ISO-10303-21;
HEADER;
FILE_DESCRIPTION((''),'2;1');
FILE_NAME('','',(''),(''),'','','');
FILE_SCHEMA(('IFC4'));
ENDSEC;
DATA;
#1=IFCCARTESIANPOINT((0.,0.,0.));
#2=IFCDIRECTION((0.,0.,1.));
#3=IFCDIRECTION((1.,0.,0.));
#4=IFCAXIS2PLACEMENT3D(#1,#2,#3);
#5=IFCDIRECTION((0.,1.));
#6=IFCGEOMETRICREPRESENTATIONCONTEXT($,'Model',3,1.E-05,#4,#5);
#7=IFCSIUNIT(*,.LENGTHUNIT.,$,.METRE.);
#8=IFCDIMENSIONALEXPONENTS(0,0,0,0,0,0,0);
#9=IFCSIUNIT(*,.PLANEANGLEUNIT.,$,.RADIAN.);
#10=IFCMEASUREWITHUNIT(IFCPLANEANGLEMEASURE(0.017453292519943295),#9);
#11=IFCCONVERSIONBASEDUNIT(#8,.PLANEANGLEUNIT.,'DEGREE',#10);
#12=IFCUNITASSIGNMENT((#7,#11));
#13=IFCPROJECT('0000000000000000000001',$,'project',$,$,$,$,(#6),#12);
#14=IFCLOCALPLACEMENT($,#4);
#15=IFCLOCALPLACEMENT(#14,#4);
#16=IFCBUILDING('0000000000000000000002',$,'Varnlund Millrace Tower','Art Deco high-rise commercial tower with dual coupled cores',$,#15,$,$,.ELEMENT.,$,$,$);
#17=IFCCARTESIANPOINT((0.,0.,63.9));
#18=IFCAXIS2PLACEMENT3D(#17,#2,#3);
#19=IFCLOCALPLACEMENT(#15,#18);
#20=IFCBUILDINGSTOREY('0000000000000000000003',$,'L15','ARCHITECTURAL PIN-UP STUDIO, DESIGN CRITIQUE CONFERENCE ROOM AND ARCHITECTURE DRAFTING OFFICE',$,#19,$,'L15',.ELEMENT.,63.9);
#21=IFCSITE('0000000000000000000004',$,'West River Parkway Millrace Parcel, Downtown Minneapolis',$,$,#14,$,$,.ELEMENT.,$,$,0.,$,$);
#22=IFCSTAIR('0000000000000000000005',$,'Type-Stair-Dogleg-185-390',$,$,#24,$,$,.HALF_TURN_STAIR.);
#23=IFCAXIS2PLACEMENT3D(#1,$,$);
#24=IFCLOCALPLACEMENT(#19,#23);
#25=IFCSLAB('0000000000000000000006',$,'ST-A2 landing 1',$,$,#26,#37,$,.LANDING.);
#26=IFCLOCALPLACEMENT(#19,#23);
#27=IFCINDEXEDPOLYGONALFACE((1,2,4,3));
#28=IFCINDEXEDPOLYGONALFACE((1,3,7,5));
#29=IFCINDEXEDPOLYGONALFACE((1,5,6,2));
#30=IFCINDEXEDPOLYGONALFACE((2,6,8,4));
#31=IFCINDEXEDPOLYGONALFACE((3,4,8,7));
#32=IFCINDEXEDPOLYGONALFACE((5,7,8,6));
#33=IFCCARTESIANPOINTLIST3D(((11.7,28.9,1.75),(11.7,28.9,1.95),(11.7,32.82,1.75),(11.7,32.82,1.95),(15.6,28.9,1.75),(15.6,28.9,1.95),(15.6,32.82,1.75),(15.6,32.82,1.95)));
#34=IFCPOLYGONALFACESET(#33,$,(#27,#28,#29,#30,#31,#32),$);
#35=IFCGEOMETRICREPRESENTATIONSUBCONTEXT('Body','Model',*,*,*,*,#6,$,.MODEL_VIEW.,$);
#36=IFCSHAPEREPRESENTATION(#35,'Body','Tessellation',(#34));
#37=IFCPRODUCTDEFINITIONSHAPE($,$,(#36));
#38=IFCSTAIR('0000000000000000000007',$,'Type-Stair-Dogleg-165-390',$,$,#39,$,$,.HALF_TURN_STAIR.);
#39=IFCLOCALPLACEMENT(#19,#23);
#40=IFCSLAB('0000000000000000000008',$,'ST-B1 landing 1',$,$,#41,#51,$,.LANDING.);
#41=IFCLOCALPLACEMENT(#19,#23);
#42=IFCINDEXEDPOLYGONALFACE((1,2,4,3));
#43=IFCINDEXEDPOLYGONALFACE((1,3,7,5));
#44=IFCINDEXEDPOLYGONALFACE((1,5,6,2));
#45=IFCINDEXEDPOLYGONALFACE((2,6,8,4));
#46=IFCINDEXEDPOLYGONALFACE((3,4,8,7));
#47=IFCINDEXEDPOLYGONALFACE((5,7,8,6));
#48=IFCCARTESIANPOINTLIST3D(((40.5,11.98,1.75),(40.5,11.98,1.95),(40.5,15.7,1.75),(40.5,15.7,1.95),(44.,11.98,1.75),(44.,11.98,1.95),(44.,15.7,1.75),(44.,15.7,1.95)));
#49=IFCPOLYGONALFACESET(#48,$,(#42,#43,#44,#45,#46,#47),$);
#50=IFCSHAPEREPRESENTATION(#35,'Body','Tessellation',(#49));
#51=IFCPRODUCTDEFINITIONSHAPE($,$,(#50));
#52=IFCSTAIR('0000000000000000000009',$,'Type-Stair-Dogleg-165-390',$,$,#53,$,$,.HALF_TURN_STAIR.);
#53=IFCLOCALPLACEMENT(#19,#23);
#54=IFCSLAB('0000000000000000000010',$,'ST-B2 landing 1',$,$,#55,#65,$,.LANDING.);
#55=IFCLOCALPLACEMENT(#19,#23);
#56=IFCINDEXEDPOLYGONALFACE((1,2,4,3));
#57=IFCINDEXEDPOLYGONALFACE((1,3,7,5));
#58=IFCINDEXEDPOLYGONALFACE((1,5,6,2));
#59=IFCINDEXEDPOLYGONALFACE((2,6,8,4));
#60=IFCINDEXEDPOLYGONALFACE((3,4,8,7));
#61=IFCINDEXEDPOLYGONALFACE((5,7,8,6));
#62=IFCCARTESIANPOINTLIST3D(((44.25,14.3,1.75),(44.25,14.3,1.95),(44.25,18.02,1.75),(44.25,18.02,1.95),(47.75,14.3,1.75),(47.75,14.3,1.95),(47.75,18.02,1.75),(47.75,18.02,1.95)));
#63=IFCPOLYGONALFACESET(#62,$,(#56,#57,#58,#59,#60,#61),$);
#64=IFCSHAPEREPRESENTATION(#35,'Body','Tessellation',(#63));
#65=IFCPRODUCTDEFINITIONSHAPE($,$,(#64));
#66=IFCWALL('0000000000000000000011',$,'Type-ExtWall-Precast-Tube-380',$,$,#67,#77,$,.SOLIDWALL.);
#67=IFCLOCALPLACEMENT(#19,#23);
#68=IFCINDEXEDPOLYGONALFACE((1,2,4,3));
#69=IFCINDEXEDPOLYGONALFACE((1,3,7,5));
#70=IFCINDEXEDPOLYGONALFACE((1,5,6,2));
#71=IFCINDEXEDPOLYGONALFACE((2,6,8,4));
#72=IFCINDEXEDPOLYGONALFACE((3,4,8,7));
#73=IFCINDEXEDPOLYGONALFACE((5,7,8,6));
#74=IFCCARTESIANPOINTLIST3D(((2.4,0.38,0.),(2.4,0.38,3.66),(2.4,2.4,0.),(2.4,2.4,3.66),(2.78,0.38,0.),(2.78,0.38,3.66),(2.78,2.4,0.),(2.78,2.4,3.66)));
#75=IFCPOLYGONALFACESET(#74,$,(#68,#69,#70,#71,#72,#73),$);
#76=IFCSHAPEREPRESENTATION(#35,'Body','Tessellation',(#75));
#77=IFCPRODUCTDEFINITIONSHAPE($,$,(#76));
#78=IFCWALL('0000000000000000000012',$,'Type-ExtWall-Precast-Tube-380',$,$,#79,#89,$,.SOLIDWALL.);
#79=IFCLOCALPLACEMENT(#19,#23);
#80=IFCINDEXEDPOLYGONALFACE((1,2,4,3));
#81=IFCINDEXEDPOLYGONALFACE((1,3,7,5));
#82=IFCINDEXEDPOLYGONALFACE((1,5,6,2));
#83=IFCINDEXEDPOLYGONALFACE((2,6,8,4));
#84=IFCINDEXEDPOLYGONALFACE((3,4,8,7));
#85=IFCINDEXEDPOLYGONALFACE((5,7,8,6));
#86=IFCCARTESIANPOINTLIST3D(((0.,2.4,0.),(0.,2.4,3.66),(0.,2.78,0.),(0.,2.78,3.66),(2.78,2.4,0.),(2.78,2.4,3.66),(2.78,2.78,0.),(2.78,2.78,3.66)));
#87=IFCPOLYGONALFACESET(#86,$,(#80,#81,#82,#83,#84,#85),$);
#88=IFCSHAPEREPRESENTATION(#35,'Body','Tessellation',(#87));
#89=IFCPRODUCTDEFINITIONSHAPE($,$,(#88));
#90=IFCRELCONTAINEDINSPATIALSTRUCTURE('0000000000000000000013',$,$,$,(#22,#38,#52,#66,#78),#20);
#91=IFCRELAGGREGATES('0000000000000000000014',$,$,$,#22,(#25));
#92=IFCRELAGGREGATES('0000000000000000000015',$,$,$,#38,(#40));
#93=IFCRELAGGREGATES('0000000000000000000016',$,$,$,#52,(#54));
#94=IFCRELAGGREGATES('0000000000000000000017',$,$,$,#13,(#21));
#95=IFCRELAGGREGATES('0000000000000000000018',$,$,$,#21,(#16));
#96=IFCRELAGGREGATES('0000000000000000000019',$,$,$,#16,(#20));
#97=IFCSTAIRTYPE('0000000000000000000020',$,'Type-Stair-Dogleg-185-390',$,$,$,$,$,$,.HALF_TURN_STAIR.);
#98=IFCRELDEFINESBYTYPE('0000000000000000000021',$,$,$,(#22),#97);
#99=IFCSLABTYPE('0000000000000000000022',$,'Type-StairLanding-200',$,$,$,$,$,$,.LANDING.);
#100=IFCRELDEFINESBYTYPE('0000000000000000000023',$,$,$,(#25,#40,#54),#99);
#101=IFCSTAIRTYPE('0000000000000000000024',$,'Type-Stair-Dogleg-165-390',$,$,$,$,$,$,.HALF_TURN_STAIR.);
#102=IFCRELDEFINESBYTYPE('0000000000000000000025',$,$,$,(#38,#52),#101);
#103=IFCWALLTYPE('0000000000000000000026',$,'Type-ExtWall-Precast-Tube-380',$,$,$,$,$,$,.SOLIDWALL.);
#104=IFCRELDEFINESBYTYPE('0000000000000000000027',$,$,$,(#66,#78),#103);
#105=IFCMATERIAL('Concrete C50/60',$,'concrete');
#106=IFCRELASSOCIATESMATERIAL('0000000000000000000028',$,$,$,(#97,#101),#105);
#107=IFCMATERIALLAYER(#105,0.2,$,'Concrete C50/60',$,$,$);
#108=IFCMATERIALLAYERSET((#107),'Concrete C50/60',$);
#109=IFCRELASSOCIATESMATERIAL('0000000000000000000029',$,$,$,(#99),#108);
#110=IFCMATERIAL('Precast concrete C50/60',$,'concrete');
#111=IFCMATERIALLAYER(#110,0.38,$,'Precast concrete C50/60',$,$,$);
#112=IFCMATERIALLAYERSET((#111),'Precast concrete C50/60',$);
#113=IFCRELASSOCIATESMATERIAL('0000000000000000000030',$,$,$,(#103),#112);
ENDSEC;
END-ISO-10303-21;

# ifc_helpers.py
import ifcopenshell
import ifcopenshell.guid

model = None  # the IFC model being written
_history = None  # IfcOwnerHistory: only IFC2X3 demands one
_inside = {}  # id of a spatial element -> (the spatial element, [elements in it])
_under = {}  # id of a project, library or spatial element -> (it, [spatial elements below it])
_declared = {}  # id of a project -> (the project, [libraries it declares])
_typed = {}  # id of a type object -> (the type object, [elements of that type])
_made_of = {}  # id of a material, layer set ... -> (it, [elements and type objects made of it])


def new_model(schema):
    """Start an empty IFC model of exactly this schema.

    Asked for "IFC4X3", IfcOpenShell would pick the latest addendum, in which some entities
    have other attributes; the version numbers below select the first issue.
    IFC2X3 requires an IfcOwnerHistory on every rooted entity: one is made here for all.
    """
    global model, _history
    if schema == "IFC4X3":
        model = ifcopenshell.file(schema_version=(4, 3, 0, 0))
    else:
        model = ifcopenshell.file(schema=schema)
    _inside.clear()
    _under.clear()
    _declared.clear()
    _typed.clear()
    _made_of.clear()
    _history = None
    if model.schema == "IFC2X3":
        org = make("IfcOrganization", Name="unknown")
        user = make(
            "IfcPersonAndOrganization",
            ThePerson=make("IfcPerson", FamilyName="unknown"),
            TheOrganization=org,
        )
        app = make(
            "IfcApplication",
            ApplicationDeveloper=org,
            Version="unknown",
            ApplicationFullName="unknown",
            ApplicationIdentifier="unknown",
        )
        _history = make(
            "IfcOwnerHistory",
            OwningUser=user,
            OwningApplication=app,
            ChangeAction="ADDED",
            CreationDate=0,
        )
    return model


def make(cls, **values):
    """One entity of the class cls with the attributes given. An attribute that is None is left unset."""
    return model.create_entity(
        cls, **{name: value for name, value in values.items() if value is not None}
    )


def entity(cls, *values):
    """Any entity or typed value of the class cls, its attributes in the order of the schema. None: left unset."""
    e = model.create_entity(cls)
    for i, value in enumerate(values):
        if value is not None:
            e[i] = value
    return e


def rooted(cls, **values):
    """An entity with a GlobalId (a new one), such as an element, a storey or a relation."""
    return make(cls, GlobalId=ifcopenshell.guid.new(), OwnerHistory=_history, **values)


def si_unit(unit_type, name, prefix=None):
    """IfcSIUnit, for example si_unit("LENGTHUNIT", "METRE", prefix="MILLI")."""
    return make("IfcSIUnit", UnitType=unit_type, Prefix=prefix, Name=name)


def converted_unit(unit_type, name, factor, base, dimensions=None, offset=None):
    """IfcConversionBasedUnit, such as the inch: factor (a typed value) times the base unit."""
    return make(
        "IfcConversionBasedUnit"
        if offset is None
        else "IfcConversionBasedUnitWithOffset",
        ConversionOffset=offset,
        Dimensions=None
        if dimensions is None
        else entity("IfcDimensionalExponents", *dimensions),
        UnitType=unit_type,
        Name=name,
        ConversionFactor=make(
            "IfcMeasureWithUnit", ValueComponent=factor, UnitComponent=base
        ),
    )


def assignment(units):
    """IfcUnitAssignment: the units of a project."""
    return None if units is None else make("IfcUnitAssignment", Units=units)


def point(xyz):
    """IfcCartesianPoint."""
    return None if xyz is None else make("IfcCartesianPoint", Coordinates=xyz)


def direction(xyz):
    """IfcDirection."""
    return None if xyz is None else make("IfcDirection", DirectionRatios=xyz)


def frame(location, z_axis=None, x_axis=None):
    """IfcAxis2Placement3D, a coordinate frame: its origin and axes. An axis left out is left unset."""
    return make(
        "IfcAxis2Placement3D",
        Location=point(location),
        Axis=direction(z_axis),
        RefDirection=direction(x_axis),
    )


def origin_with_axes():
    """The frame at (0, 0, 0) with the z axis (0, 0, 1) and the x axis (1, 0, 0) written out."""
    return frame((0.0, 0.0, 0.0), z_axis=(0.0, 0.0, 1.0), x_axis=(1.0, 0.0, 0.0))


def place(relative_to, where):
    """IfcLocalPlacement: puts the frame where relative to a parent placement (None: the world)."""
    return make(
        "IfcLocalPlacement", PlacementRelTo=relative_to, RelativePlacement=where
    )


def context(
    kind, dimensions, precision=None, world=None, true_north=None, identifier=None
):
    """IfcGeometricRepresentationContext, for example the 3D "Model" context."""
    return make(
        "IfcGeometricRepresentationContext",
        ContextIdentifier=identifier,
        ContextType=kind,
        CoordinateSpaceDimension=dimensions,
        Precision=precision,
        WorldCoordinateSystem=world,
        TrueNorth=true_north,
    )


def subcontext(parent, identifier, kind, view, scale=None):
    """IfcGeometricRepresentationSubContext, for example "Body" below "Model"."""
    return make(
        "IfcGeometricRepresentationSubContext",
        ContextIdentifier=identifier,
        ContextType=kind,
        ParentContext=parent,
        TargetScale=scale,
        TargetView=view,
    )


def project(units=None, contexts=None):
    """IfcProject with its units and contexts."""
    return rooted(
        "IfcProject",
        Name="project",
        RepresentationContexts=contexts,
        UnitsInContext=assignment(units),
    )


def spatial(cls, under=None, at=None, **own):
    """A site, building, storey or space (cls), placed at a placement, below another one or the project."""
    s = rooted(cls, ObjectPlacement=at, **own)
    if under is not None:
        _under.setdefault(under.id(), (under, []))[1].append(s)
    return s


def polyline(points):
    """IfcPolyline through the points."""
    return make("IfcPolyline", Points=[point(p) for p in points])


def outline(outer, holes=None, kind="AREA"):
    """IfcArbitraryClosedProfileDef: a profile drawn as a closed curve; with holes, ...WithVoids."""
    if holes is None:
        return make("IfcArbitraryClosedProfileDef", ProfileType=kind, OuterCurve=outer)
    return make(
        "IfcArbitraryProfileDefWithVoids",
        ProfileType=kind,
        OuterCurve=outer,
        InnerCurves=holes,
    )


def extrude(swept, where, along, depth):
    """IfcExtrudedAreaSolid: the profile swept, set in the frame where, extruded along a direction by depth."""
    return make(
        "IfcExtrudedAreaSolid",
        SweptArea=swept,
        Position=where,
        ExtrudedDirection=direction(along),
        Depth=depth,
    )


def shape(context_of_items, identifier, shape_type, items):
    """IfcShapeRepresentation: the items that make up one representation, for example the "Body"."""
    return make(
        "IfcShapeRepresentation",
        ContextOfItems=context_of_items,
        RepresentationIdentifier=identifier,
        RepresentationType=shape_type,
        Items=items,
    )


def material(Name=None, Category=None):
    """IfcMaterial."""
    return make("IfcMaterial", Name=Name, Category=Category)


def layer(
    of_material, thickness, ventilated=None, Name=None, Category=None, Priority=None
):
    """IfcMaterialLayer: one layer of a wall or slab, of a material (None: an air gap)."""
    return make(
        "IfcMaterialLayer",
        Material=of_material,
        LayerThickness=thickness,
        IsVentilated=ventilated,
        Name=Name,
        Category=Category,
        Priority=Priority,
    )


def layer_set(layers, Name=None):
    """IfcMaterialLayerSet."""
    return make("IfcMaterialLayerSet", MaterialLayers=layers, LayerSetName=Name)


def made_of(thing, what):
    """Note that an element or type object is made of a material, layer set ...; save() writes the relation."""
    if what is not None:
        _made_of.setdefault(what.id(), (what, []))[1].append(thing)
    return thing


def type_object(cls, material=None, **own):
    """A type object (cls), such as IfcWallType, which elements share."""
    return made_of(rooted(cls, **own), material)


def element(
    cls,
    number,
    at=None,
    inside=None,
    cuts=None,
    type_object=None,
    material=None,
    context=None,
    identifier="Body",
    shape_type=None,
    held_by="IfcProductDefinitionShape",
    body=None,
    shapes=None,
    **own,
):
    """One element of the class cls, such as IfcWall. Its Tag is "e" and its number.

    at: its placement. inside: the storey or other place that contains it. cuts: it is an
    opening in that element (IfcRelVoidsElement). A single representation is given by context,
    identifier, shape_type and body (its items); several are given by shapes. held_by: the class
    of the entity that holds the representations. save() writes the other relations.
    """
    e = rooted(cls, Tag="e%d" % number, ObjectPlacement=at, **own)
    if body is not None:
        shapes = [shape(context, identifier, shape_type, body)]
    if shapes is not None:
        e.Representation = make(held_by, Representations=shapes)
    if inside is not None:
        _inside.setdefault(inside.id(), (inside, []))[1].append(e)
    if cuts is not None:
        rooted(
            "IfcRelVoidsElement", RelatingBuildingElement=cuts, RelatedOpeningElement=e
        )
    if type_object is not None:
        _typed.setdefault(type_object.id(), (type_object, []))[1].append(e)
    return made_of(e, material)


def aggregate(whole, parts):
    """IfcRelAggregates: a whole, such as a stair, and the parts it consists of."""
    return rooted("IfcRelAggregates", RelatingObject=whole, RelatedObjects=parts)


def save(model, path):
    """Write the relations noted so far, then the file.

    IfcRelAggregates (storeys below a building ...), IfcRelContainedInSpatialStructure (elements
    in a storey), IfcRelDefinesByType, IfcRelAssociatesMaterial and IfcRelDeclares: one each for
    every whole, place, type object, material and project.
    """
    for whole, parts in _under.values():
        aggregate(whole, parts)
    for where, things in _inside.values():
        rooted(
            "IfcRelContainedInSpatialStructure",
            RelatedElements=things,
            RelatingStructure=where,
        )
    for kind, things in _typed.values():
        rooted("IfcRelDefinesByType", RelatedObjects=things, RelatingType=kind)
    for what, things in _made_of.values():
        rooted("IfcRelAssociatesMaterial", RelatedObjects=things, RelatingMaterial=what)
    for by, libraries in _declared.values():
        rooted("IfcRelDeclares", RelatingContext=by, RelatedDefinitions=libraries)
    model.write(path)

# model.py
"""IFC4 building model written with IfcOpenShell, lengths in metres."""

from ifc_helpers import new_model, entity, si_unit, converted_unit, direction, frame, origin_with_axes, place, context, subcontext, project, spatial, polyline, outline, extrude, material, layer, layer_set, type_object, element, aggregate, save


model = new_model("IFC4")

# Units and contexts
model_context = context("Model", 3, precision=1e-05, world=origin_with_axes(), true_north=direction((0.0, 1.0)))
body_context = subcontext(model_context, "Body", "Model", "MODEL_VIEW")
ifc_project = project(units=[si_unit("LENGTHUNIT", "METRE"), converted_unit("PLANEANGLEUNIT", "DEGREE", entity("IfcPlaneAngleMeasure", 0.017453292519943295), si_unit("PLANEANGLEUNIT", "RADIAN"), dimensions=[0, 0, 0, 0, 0, 0, 0])], contexts=[model_context])

# Site, building, storey
site_placement = place(None, origin_with_axes())
site = spatial("IfcSite", under=ifc_project, at=site_placement, Name="West River Parkway Millrace Parcel, Downtown Minneapolis", CompositionType="ELEMENT", RefElevation=0.0)
building_placement = place(site_placement, origin_with_axes())
building = spatial("IfcBuilding", under=site, at=building_placement, Name="Varnlund Millrace Tower", Description="Art Deco high-rise commercial tower with dual coupled cores", CompositionType="ELEMENT")
storey_placement = place(building_placement, frame((0.0, 0.0, 63.9), z_axis=(0.0, 0.0, 1.0), x_axis=(1.0, 0.0, 0.0)))
storey = spatial("IfcBuildingStorey", under=building, at=storey_placement, Name="L15", Description="ARCHITECTURAL PIN-UP STUDIO, DESIGN CRITIQUE CONFERENCE ROOM AND ARCHITECTURE DRAFTING OFFICE", LongName="L15", CompositionType="ELEMENT", Elevation=63.9)

# Stairs, slabs
ifc_material_1 = material(Name="Concrete C50/60", Category="concrete")
stair_type_1 = type_object("IfcStairType", Name="Type-Stair-Dogleg-185-390", PredefinedType="HALF_TURN_STAIR", material=ifc_material_1)
ifc_layer_1 = layer(ifc_material_1, 0.2, Name="Concrete C50/60")
ifc_layer_set_1 = layer_set([ifc_layer_1], Name="Concrete C50/60")
slab_type = type_object("IfcSlabType", Name="Type-StairLanding-200", PredefinedType="LANDING", material=ifc_layer_set_1)
stair_1_placement = place(storey_placement, origin_with_axes())
stair_1 = element("IfcStair", 1, at=stair_1_placement, inside=storey, type_object=stair_type_1, Name="Type-Stair-Dogleg-185-390", PredefinedType="HALF_TURN_STAIR")
slab_1_placement = place(storey_placement, frame((0.0, 0.0, 1.75), z_axis=(0.0, 0.0, 1.0), x_axis=(1.0, 0.0, 0.0)))
slab_1 = element("IfcSlab", 2, at=slab_1_placement, type_object=slab_type, Name="ST-A2 landing 1", PredefinedType="LANDING", context=body_context, shape_type="SweptSolid", body=[
    extrude(outline(polyline([(11.7, 32.82), (11.7, 28.9), (15.6, 28.9), (15.6, 32.82), (11.7, 32.82)])), origin_with_axes(), (0.0, 0.0, 1.0), 0.2),
])
aggregate(stair_1, [slab_1])
stair_type_2 = type_object("IfcStairType", Name="Type-Stair-Dogleg-165-390", PredefinedType="HALF_TURN_STAIR", material=ifc_material_1)
stair_2_placement = place(storey_placement, origin_with_axes())
stair_2 = element("IfcStair", 3, at=stair_2_placement, inside=storey, type_object=stair_type_2, Name="Type-Stair-Dogleg-165-390", PredefinedType="HALF_TURN_STAIR")
slab_2_placement = place(storey_placement, frame((0.0, 0.0, 1.75), z_axis=(0.0, 0.0, 1.0), x_axis=(1.0, 0.0, 0.0)))
slab_2 = element("IfcSlab", 4, at=slab_2_placement, type_object=slab_type, Name="ST-B1 landing 1", PredefinedType="LANDING", context=body_context, shape_type="SweptSolid", body=[
    extrude(outline(polyline([(44.0, 11.98), (44.0, 15.7), (40.5, 15.7), (40.5, 11.98), (44.0, 11.98)])), origin_with_axes(), (0.0, 0.0, 1.0), 0.2),
])
aggregate(stair_2, [slab_2])
stair_3_placement = place(storey_placement, origin_with_axes())
stair_3 = element("IfcStair", 5, at=stair_3_placement, inside=storey, type_object=stair_type_2, Name="Type-Stair-Dogleg-165-390", PredefinedType="HALF_TURN_STAIR")
slab_3_placement = place(storey_placement, frame((0.0, 0.0, 1.75), z_axis=(0.0, 0.0, 1.0), x_axis=(1.0, 0.0, 0.0)))
slab_3 = element("IfcSlab", 6, at=slab_3_placement, type_object=slab_type, Name="ST-B2 landing 1", PredefinedType="LANDING", context=body_context, shape_type="SweptSolid", body=[
    extrude(outline(polyline([(44.25, 18.02), (44.25, 14.3), (47.75, 14.3), (47.75, 18.02), (44.25, 18.02)])), origin_with_axes(), (0.0, 0.0, 1.0), 0.2),
])
aggregate(stair_3, [slab_3])

# Walls
ifc_material_2 = material(Name="Precast concrete C50/60", Category="concrete")
ifc_layer_2 = layer(ifc_material_2, 0.38, Name="Precast concrete C50/60")
ifc_layer_set_2 = layer_set([ifc_layer_2], Name="Precast concrete C50/60")
wall_type = type_object("IfcWallType", Name="Type-ExtWall-Precast-Tube-380", PredefinedType="SOLIDWALL", material=ifc_layer_set_2)
wall_1_placement = place(storey_placement, frame((2.59, 0.38, 0.0), z_axis=(0.0, 0.0, 1.0), x_axis=(0.0, 1.0, 0.0)))
element("IfcWall", 7, at=wall_1_placement, inside=storey, type_object=wall_type, Name="Type-ExtWall-Precast-Tube-380", PredefinedType="SOLIDWALL", context=body_context, shape_type="SweptSolid", body=[
    extrude(outline(polyline([(0.0, -0.19), (2.02, -0.19), (2.02, 0.19), (0.0, 0.19), (0.0, -0.19)])), origin_with_axes(), (0.0, 0.0, 1.0), 3.66),
])
wall_2_placement = place(storey_placement, frame((2.78, 2.59, 0.0), z_axis=(0.0, 0.0, 1.0), x_axis=(-1.0, 0.0, 0.0)))
element("IfcWall", 8, at=wall_2_placement, inside=storey, type_object=wall_type, Name="Type-ExtWall-Precast-Tube-380", PredefinedType="SOLIDWALL", context=body_context, shape_type="SweptSolid", body=[
    extrude(outline(polyline([(0.0, -0.19), (2.78, -0.19), (2.78, 0.19), (0.0, 0.19), (0.0, -0.19)])), origin_with_axes(), (0.0, 0.0, 1.0), 3.66),
])

save(model, "model.ifc")
